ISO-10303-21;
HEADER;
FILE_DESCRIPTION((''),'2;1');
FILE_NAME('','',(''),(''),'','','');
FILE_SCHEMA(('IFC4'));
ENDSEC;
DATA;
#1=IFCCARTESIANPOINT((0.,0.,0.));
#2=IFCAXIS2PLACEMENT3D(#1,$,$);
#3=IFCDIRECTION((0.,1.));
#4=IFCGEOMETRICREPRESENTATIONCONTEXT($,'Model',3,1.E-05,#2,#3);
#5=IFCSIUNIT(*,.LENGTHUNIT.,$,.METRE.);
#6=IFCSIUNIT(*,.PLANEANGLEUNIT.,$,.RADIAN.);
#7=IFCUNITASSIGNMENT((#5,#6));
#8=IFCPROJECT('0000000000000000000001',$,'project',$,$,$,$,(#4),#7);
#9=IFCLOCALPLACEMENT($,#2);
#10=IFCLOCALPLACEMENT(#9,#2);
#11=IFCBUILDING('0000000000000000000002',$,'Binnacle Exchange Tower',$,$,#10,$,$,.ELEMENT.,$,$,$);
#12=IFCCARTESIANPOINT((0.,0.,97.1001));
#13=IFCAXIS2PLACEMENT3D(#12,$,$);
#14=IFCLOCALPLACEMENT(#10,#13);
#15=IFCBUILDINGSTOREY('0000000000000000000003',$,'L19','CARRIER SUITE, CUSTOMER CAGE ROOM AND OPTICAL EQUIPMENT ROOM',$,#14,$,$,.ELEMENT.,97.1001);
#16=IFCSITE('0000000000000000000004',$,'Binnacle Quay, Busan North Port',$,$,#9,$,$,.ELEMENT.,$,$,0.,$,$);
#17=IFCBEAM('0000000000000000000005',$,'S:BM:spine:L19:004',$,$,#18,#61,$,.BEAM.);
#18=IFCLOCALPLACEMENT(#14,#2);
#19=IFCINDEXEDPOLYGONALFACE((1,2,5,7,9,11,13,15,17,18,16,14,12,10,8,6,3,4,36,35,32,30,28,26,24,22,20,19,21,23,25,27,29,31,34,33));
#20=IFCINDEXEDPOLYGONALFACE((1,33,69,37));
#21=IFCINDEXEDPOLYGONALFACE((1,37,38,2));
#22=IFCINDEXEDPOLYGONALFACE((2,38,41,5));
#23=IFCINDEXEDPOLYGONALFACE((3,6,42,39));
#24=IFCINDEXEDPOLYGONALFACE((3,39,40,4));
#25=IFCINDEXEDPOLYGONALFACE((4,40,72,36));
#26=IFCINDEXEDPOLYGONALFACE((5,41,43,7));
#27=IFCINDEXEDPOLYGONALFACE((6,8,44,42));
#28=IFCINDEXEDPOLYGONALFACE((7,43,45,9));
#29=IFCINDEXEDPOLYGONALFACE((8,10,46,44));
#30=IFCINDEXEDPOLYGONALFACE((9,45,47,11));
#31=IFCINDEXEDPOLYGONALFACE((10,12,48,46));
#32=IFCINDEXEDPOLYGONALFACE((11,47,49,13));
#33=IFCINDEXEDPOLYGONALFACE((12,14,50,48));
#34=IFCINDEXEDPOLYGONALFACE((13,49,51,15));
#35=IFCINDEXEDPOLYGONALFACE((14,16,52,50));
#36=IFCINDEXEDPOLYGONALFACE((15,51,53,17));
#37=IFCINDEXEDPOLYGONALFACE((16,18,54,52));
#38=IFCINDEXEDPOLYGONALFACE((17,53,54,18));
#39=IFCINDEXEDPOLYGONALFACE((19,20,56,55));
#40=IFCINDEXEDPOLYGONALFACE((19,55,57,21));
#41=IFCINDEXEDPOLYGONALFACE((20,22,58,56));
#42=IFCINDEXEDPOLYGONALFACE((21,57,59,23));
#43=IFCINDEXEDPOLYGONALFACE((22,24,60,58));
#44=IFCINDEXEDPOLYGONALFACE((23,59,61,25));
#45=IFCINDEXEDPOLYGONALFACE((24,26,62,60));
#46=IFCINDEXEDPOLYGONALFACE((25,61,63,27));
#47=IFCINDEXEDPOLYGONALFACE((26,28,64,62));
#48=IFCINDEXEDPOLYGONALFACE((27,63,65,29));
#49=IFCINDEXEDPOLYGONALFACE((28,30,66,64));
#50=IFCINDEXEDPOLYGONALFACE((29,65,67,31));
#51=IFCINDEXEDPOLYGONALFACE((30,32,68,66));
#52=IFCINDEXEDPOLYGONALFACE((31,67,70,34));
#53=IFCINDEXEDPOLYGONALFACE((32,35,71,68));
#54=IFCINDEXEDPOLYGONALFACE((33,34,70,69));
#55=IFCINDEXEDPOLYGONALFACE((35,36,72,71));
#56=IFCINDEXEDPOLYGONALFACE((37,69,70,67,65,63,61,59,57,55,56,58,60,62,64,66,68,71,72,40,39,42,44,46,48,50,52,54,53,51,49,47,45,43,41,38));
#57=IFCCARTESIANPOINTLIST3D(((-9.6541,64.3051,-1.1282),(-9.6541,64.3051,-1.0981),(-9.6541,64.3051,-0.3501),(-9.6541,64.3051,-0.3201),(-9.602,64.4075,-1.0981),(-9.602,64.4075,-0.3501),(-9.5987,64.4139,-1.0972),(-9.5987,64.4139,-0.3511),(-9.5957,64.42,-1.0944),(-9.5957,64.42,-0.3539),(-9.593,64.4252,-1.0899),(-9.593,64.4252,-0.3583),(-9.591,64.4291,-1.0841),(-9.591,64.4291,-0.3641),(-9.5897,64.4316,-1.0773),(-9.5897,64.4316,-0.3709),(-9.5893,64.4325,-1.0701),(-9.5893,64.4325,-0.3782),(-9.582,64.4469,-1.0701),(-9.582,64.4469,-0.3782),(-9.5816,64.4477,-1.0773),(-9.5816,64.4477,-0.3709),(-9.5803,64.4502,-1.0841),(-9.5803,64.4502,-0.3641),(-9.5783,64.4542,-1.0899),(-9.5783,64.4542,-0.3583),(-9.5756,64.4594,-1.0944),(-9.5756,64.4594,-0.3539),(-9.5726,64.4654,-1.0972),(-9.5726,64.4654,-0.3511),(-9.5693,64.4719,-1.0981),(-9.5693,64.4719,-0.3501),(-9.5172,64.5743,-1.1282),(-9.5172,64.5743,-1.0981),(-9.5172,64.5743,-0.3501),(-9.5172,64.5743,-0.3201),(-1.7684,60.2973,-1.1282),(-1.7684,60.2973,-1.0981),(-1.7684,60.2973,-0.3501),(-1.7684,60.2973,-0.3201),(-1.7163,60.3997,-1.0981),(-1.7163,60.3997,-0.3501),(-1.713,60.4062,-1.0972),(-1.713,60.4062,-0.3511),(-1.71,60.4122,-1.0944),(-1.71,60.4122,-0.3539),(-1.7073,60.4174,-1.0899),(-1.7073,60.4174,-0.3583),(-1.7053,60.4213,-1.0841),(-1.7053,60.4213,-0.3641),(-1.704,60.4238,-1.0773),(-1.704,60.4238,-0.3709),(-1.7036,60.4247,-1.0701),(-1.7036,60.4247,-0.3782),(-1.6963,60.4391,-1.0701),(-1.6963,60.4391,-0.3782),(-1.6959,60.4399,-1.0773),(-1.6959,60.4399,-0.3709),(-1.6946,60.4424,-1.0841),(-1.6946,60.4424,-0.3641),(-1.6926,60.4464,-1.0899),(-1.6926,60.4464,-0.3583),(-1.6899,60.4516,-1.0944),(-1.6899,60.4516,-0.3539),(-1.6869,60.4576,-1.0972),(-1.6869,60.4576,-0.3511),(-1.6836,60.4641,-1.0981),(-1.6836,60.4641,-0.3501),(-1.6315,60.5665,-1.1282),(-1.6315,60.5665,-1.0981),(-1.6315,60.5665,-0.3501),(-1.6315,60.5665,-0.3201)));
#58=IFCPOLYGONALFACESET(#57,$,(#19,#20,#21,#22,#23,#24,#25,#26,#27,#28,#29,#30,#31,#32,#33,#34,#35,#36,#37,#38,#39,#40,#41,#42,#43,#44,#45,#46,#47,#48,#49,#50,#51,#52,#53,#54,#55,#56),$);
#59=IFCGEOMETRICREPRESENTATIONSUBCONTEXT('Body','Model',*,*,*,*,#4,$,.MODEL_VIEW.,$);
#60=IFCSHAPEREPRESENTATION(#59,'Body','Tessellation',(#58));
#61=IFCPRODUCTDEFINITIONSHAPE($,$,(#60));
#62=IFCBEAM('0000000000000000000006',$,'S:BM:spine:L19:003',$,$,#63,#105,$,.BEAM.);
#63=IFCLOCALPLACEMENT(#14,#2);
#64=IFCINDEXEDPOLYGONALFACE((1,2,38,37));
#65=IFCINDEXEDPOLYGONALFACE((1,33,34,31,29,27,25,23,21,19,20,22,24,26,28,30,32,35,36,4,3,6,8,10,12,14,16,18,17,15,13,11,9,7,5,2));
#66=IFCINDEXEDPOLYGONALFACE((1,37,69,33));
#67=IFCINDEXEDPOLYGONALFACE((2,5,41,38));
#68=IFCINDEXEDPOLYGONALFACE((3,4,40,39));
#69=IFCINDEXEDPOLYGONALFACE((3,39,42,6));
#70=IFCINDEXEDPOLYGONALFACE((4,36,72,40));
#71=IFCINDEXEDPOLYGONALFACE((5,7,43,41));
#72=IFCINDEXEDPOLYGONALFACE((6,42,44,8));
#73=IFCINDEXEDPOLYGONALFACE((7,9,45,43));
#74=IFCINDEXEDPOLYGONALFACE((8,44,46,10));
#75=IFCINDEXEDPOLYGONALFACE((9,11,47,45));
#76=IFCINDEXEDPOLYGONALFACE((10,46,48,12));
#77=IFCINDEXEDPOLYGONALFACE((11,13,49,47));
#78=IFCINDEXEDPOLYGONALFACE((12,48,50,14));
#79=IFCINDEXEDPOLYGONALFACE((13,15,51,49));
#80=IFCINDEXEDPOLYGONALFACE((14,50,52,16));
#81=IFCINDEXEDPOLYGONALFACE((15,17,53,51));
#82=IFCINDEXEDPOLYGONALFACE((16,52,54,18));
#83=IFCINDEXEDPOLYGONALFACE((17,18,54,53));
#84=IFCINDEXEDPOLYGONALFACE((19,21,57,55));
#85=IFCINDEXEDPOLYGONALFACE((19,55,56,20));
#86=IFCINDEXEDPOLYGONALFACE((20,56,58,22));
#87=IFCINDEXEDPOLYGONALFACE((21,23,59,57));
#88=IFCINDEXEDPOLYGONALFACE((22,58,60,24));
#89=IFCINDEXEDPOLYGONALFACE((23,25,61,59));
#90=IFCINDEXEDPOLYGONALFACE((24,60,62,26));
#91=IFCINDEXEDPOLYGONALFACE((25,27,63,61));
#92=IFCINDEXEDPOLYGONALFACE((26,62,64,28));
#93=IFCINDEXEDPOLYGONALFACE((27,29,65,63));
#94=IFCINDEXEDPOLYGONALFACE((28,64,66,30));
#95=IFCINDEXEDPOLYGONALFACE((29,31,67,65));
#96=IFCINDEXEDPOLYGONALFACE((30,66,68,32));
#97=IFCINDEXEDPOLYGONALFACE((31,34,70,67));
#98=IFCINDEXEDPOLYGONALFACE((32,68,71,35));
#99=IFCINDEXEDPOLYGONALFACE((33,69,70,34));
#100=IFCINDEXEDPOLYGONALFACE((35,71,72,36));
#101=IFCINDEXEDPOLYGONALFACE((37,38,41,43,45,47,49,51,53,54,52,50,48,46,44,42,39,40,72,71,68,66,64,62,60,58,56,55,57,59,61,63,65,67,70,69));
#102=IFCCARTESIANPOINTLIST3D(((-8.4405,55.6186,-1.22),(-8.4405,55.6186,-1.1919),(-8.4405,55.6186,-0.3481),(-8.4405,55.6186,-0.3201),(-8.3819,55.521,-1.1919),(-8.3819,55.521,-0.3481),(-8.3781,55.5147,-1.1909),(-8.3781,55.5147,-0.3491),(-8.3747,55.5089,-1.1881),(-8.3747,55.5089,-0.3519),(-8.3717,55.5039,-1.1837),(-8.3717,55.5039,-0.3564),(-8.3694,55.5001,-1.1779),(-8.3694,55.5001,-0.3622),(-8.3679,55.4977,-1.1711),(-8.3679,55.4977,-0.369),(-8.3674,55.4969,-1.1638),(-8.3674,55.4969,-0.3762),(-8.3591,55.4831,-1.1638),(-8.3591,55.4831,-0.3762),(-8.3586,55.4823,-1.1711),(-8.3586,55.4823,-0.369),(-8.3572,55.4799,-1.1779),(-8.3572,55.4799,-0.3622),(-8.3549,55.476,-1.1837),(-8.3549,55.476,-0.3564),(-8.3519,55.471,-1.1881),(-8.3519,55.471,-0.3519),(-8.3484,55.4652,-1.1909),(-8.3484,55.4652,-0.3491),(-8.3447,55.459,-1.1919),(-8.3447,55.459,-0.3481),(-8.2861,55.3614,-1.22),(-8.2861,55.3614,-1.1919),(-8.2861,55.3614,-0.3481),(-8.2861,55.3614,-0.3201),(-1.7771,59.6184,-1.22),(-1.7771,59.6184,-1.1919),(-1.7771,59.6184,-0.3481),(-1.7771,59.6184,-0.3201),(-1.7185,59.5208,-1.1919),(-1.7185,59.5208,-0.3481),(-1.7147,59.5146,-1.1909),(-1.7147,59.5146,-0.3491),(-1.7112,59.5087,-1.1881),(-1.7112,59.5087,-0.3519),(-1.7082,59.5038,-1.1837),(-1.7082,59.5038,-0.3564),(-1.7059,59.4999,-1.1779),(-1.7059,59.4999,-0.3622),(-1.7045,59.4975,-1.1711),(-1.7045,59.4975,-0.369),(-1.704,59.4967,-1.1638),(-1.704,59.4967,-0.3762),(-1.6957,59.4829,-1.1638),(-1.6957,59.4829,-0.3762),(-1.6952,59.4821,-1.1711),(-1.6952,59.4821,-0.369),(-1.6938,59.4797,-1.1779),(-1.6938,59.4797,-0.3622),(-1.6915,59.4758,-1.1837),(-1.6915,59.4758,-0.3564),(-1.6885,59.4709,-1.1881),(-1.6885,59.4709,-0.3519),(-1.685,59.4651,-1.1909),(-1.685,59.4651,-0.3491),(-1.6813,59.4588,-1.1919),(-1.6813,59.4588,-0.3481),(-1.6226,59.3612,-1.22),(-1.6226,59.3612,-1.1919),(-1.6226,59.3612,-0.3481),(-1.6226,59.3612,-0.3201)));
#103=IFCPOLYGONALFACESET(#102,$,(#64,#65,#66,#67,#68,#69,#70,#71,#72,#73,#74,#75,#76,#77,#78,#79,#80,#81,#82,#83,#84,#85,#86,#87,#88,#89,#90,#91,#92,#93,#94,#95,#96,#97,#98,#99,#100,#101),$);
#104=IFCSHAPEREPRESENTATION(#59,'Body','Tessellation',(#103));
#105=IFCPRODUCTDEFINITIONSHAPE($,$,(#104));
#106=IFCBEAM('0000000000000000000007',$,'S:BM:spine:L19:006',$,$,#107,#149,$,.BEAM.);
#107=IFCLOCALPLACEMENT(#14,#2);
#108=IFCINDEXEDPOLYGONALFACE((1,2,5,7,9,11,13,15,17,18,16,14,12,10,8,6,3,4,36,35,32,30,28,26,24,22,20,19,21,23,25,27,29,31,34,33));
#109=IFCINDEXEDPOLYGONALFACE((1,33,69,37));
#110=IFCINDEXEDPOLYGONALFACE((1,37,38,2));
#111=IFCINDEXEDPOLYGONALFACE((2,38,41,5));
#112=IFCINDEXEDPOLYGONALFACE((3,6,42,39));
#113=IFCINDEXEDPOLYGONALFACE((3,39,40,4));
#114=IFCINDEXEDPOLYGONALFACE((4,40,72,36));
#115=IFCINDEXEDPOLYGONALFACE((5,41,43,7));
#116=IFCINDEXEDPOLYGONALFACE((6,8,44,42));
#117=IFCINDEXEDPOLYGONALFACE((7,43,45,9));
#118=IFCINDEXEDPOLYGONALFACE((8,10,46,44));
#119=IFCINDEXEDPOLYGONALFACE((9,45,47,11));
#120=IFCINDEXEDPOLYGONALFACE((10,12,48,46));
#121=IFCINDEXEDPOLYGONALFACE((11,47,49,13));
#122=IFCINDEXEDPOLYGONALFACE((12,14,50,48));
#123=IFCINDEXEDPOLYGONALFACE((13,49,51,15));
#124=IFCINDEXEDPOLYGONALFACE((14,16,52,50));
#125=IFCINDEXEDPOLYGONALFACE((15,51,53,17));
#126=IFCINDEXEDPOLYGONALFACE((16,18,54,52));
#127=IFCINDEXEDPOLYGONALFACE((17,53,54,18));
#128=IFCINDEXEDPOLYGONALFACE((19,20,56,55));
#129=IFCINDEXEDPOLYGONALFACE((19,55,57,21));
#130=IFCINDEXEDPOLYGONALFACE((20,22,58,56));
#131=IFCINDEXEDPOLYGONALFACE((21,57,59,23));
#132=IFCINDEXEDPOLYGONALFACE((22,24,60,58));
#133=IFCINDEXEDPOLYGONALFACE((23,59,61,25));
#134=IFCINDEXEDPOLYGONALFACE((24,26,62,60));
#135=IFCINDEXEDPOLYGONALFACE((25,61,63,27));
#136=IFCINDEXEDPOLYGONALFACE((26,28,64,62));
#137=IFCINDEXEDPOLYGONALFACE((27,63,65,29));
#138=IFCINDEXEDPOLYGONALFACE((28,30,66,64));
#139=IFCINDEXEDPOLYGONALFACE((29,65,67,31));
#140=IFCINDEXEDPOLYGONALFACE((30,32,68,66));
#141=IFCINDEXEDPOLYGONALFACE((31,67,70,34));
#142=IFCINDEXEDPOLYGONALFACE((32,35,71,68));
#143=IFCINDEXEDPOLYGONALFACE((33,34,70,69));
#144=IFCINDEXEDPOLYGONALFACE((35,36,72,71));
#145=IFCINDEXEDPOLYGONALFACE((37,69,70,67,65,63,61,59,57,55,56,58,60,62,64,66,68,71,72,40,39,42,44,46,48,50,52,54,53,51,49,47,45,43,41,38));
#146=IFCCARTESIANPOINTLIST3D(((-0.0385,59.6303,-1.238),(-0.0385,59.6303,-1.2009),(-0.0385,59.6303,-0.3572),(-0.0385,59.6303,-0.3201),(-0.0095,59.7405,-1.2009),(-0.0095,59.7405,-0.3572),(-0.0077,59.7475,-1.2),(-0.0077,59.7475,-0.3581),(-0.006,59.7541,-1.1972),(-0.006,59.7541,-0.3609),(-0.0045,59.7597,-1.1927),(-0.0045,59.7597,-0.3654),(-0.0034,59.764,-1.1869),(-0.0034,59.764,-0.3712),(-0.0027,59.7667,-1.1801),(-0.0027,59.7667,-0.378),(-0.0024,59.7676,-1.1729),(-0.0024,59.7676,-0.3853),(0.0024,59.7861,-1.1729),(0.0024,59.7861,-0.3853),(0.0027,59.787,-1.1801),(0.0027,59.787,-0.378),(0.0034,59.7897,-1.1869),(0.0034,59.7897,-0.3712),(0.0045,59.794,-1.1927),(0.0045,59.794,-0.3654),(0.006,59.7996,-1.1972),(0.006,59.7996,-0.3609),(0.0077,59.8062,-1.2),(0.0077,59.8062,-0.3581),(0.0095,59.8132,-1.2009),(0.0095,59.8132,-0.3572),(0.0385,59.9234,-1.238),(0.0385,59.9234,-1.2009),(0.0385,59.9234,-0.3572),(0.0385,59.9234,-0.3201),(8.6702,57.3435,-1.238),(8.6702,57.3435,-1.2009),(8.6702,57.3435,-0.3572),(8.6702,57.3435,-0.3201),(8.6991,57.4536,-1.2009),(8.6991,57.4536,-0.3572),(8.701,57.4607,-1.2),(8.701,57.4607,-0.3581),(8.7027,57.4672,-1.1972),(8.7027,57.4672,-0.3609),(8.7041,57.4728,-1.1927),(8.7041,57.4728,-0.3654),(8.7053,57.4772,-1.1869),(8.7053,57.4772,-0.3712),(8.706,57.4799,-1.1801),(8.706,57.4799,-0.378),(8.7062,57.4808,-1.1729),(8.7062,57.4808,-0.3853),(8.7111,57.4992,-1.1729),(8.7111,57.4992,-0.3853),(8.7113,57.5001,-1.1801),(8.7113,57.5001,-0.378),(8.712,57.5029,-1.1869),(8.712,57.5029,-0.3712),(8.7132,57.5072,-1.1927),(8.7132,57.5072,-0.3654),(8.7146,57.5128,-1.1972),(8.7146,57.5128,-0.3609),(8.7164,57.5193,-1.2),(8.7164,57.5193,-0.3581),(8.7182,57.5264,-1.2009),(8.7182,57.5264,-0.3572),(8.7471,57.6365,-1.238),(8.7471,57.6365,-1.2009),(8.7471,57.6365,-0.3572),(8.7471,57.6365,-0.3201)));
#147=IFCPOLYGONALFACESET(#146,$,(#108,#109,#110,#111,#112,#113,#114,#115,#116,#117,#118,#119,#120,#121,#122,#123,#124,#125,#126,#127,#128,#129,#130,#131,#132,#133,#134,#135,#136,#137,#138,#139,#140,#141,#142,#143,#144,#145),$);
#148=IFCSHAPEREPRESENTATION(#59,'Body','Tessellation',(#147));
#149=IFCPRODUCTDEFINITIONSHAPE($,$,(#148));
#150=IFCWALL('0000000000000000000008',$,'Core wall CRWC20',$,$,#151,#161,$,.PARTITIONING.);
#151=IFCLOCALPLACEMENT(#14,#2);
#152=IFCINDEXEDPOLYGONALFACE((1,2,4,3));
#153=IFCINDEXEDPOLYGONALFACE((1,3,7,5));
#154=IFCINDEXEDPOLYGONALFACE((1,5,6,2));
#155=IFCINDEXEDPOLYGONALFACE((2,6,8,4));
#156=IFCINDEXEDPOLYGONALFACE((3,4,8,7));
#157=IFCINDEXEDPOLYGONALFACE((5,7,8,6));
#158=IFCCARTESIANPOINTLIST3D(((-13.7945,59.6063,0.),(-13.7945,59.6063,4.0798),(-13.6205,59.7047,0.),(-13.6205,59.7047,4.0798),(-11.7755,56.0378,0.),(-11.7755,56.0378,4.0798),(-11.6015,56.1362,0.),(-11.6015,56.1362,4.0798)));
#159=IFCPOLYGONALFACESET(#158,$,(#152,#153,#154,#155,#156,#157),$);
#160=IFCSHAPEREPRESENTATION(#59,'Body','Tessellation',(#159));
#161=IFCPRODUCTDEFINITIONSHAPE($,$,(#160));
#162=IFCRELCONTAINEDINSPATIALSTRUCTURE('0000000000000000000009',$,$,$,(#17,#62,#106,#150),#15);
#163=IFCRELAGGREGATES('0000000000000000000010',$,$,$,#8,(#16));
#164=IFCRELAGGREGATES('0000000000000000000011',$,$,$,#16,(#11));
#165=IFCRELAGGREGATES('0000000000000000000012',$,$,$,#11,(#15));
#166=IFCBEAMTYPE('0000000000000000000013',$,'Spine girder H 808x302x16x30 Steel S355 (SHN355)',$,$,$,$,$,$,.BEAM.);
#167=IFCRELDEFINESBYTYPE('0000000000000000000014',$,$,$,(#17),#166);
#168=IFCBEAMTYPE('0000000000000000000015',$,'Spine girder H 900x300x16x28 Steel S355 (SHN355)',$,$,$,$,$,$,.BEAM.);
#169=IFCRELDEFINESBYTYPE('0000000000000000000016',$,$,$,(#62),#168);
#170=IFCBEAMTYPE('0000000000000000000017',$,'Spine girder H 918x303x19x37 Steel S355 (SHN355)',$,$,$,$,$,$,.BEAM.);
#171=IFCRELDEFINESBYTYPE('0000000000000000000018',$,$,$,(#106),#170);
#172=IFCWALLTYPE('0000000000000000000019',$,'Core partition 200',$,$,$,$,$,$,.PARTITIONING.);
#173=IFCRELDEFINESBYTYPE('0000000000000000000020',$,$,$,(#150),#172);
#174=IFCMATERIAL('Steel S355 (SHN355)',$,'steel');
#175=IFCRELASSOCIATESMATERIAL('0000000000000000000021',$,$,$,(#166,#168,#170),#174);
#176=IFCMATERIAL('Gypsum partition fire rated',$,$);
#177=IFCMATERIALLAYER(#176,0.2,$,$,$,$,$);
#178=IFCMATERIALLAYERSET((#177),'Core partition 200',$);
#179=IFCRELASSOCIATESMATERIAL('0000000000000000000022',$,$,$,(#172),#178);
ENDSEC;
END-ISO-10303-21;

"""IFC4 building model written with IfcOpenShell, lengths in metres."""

from ifc_helpers import new_model, si_unit, direction, frame, frame_2d, origin, origin_2d, place, context, subcontext, project, spatial, rectangle, i_section, extrude, material, layer, layer_set, material_profile, profile_set, type_object, element, save


model = new_model("IFC4")

# Units and contexts
model_context = context("Model", 3, precision=1e-05, world=origin(), true_north=direction((0.0, 1.0)))
body_context = subcontext(model_context, "Body", "Model", "MODEL_VIEW")
ifc_project = project(units=[si_unit("LENGTHUNIT", "METRE"), si_unit("PLANEANGLEUNIT", "RADIAN")], contexts=[model_context])

# Site, building, storey
site_placement = place(None, origin())
site = spatial("IfcSite", under=ifc_project, at=site_placement, Name="Binnacle Quay, Busan North Port", CompositionType="ELEMENT", RefElevation=0.0)
building_placement = place(site_placement, origin())
building = spatial("IfcBuilding", under=site, at=building_placement, Name="Binnacle Exchange Tower", CompositionType="ELEMENT")
storey_placement = place(building_placement, frame((0.0, 0.0, 97.1001)))
storey = spatial("IfcBuildingStorey", under=building, at=storey_placement, Name="L19", Description="CARRIER SUITE, CUSTOMER CAGE ROOM AND OPTICAL EQUIPMENT ROOM", CompositionType="ELEMENT", Elevation=97.1001)

# Beams
ifc_material_1 = material(Name="Steel S355 (SHN355)", Category="steel")
ifc_material_profile_1 = material_profile(ifc_material_1, i_section(OverallWidth=0.302, OverallDepth=0.8081, WebThickness=0.0161, FlangeThickness=0.03, FilletRadius=0.0281, at=origin_2d()), Name="H 808x302x16x30")
ifc_profile_set_1 = profile_set([ifc_material_profile_1], Name="Steel S355 (SHN355)")
beam_type_1 = type_object("IfcBeamType", Name="Spine girder H 808x302x16x30 Steel S355 (SHN355)", PredefinedType="BEAM", material=ifc_profile_set_1)
beam_1_placement = place(storey_placement, frame((-1.7, 60.4319, -0.7241), z_axis=(-0.891471, 0.453077, 0.0), x_axis=(-0.453077, -0.891471, 0.0)))
element("IfcBeam", 1, at=beam_1_placement, inside=storey, type_object=beam_type_1, Name="S:BM:spine:L19:004", PredefinedType="BEAM", context=body_context, shape_type="SweptSolid", body=[
    extrude(i_section(OverallWidth=0.302, OverallDepth=0.8081, WebThickness=0.0161, FlangeThickness=0.03, FilletRadius=0.0281, at=origin_2d()), origin(), (0.0, 0.0, 1.0), 8.8457),
])
ifc_material_profile_2 = material_profile(ifc_material_1, i_section(OverallWidth=0.3, OverallDepth=0.8999, WebThickness=0.0161, FlangeThickness=0.0281, FilletRadius=0.0281, at=origin_2d()), Name="H 900x300x16x28")
ifc_profile_set_2 = profile_set([ifc_material_profile_2], Name="Steel S355 (SHN355)")
beam_type_2 = type_object("IfcBeamType", Name="Spine girder H 900x300x16x28 Steel S355 (SHN355)", PredefinedType="BEAM", material=ifc_profile_set_2)
beam_2_placement = place(storey_placement, frame((-8.3633, 55.49, -0.77), z_axis=(0.857393, 0.514662, 0.0), x_axis=(-0.514662, 0.857393, 0.0)))
element("IfcBeam", 2, at=beam_2_placement, inside=storey, type_object=beam_type_2, Name="S:BM:spine:L19:003", PredefinedType="BEAM", context=body_context, shape_type="SweptSolid", body=[
    extrude(i_section(OverallWidth=0.3, OverallDepth=0.8999, WebThickness=0.0161, FlangeThickness=0.0281, FilletRadius=0.0281, at=origin_2d()), origin(), (0.0, 0.0, 1.0), 7.7717),
])
ifc_material_profile_3 = material_profile(ifc_material_1, i_section(OverallWidth=0.303, OverallDepth=0.918, WebThickness=0.019, FlangeThickness=0.0371, FilletRadius=0.0281, at=origin_2d()), Name="H 918x303x19x37")
ifc_profile_set_3 = profile_set([ifc_material_profile_3], Name="Steel S355 (SHN355)")
beam_type_3 = type_object("IfcBeamType", Name="Spine girder H 918x303x19x37 Steel S355 (SHN355)", PredefinedType="BEAM", material=ifc_profile_set_3)
beam_3_placement = place(storey_placement, frame((0.0, 59.7769, -0.7791), z_axis=(0.967209, -0.253983, 0.0), x_axis=(0.253983, 0.967209, 0.0)))
element("IfcBeam", 3, at=beam_3_placement, inside=storey, type_object=beam_type_3, Name="S:BM:spine:L19:006", PredefinedType="BEAM", context=body_context, shape_type="SweptSolid", body=[
    extrude(i_section(OverallWidth=0.303, OverallDepth=0.918, WebThickness=0.019, FlangeThickness=0.0371, FilletRadius=0.0281, at=origin_2d()), origin(), (0.0, 0.0, 1.0), 9.0039),
])

# Wall
ifc_material_2 = material(Name="Gypsum partition fire rated")
ifc_layer_1 = layer(ifc_material_2, 0.2)
ifc_layer_set_1 = layer_set([ifc_layer_1], Name="Core partition 200")
wall_type_1 = type_object("IfcWallType", Name="Core partition 200", PredefinedType="PARTITIONING", material=ifc_layer_set_1)
wall_1_placement = place(storey_placement, frame((-13.7075, 59.6555, 0.0), z_axis=(0.0, 0.0, 1.0), x_axis=(0.492428, -0.870353, 0.0)))
element("IfcWall", 4, at=wall_1_placement, inside=storey, type_object=wall_type_1, Name="Core wall CRWC20", PredefinedType="PARTITIONING", context=body_context, shape_type="SweptSolid", body=[
    extrude(rectangle(XDim=4.1001, YDim=0.2, at=frame_2d((2.05, 0.0))), origin(), (0.0, 0.0, 1.0), 4.0798),
])

save(model, "model.ifc")
